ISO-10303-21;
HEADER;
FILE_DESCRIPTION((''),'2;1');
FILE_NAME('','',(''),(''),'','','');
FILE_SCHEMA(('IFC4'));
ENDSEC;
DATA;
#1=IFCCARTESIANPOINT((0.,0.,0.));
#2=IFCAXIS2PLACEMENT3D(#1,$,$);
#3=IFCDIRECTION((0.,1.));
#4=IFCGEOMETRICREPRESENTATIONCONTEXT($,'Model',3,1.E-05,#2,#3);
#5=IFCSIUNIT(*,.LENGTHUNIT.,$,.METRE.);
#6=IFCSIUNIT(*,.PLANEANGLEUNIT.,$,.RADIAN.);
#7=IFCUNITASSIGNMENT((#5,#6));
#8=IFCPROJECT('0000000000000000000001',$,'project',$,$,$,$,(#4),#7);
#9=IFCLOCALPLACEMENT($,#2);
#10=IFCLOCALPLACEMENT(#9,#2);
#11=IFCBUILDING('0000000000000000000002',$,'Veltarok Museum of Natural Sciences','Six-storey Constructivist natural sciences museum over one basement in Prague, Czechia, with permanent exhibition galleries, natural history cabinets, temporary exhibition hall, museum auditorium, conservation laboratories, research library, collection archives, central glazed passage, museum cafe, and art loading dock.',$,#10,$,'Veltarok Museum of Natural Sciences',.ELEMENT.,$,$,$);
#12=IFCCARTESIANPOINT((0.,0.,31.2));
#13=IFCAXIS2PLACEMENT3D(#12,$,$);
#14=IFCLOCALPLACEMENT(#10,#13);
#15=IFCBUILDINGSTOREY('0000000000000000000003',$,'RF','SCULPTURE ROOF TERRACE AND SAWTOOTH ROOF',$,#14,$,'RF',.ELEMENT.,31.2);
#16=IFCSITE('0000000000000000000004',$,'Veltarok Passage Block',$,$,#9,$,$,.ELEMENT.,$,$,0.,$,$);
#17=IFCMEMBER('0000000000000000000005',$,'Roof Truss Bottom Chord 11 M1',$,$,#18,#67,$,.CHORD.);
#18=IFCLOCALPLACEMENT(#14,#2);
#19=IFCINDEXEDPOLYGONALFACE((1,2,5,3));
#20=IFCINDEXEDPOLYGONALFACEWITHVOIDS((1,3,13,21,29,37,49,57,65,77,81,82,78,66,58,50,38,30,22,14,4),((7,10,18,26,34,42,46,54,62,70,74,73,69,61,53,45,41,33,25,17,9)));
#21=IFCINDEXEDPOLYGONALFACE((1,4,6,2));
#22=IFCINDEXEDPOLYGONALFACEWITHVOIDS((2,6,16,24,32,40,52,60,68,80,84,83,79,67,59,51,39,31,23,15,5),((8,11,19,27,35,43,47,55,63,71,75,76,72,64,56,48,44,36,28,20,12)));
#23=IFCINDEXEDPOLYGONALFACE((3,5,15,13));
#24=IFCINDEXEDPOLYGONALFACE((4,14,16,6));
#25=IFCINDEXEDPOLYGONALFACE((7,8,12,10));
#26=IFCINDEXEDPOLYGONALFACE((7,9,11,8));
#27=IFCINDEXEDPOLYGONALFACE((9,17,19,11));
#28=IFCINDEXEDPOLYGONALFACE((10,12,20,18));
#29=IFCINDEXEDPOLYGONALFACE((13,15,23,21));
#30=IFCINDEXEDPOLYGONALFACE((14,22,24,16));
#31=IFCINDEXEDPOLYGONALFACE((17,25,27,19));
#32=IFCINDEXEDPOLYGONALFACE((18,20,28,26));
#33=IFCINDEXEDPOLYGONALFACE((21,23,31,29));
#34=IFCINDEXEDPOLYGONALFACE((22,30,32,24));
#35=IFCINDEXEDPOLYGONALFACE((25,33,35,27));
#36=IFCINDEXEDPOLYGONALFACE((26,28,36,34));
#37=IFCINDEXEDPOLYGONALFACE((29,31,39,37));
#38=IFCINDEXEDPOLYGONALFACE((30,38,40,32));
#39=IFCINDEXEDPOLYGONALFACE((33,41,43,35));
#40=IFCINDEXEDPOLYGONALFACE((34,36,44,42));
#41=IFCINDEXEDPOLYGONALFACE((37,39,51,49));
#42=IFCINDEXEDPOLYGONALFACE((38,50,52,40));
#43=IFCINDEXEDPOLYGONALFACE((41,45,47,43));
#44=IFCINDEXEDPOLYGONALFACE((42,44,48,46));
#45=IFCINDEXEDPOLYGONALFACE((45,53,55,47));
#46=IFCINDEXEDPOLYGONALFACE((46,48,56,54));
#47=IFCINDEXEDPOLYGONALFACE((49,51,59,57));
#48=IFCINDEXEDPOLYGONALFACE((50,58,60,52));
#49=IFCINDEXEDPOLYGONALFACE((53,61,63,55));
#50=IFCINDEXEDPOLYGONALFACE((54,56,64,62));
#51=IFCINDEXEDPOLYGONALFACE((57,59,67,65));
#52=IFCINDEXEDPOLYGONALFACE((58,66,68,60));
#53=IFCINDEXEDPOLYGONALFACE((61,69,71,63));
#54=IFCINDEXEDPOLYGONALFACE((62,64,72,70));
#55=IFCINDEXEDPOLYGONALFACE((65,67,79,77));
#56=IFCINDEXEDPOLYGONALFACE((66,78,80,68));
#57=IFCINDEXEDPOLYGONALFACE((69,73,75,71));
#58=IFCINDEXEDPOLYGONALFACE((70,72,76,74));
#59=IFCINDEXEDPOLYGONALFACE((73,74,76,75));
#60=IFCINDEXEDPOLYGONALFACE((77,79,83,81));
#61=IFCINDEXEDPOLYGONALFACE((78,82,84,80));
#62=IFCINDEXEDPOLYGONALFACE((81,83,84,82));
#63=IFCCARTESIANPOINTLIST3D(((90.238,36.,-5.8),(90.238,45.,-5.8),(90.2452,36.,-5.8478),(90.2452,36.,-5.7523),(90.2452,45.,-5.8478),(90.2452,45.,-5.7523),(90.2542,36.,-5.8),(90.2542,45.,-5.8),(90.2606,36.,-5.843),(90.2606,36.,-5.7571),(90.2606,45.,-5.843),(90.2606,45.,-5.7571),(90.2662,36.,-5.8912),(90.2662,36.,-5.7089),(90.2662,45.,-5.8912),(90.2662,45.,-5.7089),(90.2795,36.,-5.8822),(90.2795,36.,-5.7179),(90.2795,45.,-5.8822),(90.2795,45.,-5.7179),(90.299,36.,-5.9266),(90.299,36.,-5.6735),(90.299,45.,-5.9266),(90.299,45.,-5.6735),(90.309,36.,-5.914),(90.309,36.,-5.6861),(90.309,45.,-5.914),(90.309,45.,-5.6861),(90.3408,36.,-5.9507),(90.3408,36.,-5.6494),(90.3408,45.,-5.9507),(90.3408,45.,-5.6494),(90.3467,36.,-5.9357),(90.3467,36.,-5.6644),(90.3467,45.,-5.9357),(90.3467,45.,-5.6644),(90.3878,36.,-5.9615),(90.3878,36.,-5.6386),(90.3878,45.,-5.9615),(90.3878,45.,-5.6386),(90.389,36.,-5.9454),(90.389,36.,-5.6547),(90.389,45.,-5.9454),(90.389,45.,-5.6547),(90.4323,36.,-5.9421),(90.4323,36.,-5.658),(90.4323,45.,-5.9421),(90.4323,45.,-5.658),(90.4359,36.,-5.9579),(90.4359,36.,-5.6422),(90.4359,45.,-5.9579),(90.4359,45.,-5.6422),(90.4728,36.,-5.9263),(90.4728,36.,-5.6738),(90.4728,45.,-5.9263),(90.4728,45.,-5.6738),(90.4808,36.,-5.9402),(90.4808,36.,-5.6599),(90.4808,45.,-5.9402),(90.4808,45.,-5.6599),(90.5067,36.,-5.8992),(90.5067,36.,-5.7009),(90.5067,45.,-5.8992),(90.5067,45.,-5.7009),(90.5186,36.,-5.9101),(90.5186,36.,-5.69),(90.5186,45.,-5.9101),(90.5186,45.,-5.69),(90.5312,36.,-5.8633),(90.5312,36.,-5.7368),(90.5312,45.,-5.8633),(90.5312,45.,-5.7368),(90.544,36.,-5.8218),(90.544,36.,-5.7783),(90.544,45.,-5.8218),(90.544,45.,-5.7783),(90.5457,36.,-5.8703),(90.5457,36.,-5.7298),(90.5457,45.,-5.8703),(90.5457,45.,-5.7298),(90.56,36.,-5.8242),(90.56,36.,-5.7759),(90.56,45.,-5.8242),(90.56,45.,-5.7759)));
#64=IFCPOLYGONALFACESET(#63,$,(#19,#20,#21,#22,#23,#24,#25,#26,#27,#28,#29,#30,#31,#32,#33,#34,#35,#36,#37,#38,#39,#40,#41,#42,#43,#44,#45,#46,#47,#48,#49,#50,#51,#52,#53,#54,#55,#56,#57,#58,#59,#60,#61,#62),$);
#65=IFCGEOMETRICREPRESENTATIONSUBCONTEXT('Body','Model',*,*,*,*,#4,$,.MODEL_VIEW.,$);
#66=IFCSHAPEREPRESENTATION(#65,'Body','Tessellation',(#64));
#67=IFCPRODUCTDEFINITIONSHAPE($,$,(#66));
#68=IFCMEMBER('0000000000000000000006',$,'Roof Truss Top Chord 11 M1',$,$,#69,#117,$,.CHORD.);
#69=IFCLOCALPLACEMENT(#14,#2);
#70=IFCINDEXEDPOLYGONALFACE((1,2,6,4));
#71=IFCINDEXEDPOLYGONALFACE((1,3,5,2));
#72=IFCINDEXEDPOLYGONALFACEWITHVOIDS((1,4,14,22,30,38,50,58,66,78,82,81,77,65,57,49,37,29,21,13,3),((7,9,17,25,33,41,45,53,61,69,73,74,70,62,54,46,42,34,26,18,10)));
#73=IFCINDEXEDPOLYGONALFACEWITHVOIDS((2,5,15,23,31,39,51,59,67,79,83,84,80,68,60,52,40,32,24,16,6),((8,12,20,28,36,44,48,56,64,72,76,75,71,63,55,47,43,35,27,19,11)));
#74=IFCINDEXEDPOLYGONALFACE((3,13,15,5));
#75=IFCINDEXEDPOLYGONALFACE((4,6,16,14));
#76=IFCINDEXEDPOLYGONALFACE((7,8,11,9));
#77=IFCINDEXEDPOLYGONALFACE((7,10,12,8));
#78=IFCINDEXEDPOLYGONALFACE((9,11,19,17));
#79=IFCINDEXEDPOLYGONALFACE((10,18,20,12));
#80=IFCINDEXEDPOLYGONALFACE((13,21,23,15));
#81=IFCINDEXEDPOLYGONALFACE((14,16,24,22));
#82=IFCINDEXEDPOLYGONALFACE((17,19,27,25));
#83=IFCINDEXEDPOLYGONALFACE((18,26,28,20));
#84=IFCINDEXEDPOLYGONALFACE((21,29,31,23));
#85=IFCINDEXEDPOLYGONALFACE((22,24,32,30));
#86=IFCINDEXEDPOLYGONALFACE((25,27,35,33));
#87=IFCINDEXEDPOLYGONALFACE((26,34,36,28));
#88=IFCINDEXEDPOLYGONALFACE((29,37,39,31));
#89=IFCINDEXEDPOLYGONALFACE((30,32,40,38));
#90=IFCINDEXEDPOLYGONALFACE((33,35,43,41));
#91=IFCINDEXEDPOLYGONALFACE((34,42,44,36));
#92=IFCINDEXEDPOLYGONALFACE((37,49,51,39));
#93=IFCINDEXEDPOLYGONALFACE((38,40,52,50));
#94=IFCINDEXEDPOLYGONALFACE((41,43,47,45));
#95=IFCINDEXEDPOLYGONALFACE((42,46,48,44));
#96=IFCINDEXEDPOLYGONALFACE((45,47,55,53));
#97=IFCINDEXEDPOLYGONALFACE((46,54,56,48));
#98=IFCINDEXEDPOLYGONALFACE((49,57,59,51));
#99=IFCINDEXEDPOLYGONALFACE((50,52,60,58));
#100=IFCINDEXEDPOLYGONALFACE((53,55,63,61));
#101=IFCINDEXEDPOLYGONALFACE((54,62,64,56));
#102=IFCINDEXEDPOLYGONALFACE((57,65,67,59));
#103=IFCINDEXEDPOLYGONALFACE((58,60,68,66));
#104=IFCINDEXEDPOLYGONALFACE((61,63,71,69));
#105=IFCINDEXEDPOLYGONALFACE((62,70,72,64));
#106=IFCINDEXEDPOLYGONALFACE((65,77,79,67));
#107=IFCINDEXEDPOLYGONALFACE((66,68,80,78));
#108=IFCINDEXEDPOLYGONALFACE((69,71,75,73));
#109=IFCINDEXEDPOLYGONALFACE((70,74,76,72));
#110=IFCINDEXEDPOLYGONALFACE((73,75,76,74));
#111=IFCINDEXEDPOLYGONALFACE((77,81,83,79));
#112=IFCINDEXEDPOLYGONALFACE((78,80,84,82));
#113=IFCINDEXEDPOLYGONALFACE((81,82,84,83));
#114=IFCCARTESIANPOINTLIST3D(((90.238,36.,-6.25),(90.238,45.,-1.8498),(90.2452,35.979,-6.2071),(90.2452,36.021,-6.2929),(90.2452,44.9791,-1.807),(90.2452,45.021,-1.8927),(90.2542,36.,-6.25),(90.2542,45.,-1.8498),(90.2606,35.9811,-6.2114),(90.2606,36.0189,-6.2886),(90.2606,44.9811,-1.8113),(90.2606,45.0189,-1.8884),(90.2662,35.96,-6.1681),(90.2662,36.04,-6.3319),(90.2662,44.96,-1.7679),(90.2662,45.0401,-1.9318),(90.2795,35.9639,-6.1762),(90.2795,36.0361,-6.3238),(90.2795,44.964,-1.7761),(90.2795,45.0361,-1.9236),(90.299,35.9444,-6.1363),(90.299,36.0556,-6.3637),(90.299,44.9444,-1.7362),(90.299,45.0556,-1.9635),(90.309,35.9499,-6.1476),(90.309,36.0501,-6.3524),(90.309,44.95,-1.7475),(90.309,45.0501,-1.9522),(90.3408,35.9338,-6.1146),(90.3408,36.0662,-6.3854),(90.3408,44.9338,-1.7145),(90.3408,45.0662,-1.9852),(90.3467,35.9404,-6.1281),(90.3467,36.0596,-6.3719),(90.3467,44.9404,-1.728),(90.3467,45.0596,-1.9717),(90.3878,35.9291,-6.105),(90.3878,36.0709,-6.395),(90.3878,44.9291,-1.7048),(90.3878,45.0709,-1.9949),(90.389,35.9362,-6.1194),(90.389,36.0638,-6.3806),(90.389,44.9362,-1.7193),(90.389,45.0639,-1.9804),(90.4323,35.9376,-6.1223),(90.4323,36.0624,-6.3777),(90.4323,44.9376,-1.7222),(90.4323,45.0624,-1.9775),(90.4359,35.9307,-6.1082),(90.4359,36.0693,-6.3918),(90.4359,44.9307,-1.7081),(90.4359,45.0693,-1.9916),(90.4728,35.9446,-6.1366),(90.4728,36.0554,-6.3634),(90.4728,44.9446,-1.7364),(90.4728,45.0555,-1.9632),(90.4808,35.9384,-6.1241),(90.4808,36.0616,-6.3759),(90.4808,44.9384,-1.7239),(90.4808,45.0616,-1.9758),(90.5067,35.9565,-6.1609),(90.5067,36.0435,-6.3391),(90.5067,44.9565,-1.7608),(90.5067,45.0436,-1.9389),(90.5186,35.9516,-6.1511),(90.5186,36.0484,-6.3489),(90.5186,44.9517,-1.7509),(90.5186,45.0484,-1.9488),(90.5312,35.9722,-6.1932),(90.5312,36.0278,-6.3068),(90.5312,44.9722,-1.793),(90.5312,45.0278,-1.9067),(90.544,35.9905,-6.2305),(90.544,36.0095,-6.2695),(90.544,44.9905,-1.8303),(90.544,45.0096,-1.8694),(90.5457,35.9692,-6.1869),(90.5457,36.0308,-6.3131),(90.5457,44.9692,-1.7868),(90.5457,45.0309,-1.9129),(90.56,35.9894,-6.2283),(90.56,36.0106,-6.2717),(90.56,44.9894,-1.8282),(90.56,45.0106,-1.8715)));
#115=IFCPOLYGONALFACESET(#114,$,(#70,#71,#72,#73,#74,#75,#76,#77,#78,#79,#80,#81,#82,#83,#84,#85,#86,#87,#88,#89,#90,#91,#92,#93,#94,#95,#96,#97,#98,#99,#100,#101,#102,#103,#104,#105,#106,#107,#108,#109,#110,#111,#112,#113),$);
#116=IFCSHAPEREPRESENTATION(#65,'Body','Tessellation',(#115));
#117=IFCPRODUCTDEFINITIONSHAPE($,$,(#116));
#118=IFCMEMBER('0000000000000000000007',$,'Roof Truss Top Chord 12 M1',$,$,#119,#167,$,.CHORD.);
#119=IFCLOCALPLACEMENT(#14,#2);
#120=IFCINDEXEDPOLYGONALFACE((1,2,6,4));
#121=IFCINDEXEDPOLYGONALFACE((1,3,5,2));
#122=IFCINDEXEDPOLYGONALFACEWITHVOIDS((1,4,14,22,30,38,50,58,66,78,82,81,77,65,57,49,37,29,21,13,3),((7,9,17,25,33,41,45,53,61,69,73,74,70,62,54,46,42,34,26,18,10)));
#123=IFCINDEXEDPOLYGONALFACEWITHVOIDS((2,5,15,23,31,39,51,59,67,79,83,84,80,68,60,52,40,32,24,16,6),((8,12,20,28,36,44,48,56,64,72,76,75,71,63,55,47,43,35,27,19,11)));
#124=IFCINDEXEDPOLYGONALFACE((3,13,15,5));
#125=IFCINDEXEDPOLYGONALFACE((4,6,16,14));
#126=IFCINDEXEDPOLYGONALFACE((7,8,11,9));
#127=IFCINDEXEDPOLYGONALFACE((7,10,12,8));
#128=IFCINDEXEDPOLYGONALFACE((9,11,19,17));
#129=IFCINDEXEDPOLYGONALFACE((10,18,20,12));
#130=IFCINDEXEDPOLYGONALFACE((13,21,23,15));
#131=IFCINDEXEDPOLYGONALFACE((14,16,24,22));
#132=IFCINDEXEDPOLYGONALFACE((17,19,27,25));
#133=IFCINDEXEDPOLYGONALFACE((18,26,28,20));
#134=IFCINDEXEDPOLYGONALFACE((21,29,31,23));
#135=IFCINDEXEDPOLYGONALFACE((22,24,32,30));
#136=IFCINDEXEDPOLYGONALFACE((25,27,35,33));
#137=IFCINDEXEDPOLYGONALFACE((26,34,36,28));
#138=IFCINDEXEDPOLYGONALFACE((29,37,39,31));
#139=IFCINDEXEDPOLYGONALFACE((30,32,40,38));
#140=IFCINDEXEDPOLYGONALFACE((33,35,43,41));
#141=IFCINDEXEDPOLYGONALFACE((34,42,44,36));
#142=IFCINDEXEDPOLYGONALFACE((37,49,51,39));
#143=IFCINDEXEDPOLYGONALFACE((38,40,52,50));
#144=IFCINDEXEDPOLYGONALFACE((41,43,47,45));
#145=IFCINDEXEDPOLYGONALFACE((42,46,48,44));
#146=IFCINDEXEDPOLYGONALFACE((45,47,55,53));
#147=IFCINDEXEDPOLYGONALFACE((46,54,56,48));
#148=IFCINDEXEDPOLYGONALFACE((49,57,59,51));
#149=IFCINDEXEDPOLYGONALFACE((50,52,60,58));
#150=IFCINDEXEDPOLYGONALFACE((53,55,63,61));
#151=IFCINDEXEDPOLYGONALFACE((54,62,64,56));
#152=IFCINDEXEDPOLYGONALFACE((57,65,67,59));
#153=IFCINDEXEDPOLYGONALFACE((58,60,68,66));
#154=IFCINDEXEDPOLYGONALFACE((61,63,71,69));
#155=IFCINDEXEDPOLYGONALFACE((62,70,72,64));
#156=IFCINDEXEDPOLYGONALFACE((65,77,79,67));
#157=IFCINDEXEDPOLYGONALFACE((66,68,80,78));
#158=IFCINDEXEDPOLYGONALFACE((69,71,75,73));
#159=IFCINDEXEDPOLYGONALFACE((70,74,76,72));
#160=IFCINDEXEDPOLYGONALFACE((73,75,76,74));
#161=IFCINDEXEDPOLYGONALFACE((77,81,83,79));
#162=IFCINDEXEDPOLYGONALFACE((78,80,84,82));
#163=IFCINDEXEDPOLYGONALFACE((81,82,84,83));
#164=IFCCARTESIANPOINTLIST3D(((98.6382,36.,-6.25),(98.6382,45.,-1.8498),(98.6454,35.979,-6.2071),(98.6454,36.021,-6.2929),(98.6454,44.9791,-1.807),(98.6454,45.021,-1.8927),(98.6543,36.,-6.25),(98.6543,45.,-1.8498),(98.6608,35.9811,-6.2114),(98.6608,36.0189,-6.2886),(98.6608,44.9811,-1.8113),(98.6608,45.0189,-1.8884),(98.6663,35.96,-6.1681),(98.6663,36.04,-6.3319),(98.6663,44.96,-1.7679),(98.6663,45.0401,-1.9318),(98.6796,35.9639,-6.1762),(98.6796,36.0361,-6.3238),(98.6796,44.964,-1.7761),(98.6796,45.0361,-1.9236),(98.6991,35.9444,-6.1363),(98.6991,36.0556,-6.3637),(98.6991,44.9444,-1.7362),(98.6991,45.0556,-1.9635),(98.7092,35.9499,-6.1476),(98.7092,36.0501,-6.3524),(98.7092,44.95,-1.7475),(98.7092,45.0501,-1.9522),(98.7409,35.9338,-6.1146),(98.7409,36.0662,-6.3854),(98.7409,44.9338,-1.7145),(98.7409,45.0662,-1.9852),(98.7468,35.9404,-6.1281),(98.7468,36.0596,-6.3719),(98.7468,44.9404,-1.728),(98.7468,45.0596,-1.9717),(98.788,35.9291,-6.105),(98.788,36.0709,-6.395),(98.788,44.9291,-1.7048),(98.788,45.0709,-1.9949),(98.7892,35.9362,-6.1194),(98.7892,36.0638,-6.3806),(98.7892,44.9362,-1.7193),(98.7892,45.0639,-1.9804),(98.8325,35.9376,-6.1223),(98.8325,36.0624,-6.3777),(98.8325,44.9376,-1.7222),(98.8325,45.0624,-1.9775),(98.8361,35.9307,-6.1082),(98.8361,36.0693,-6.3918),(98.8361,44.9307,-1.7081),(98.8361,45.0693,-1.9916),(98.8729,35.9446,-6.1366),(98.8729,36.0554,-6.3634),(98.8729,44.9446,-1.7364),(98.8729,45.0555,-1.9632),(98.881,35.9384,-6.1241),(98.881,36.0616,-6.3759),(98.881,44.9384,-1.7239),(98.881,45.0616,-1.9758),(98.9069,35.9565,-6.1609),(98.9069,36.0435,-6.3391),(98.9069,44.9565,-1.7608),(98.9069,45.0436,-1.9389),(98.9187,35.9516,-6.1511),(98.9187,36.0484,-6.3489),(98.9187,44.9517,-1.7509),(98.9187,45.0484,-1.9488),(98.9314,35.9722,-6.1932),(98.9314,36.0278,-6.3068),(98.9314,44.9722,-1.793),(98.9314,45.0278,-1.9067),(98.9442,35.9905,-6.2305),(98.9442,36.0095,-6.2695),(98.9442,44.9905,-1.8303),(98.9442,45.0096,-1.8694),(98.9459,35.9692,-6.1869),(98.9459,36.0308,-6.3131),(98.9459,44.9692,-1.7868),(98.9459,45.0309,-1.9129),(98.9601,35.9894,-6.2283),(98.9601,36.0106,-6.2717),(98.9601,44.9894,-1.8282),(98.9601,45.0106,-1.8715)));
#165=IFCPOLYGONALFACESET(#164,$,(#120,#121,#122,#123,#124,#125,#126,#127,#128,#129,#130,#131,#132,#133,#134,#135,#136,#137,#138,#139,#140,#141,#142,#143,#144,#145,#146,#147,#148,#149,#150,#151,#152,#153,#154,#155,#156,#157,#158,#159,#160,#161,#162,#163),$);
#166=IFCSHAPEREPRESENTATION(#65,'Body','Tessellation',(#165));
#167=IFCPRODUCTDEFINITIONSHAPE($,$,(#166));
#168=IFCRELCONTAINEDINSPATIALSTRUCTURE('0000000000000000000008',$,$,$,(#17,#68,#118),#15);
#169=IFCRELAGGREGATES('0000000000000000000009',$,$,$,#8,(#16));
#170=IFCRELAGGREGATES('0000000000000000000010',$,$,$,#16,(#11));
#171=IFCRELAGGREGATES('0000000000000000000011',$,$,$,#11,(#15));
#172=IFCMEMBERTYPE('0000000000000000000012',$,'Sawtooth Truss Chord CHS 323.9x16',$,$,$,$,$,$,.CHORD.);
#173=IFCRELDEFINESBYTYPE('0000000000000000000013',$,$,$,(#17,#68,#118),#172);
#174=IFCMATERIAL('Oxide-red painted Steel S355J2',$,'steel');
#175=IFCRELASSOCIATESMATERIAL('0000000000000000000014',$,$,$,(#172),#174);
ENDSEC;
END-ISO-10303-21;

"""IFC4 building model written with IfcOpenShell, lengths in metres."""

from ifc_helpers import new_model, si_unit, direction, frame, origin, origin_2d, place, context, subcontext, project, spatial, hollow_circle, extrude, material, material_profile, profile_set, type_object, element, save


model = new_model("IFC4")

# Units and contexts
model_context = context("Model", 3, precision=1e-05, world=origin(), true_north=direction((0.0, 1.0)))
body_context = subcontext(model_context, "Body", "Model", "MODEL_VIEW")
ifc_project = project(units=[si_unit("LENGTHUNIT", "METRE"), si_unit("PLANEANGLEUNIT", "RADIAN")], contexts=[model_context])

# Site, building, storey
site_placement = place(None, origin())
site = spatial("IfcSite", under=ifc_project, at=site_placement, Name="Veltarok Passage Block", CompositionType="ELEMENT", RefElevation=0.0)
building_placement = place(site_placement, origin())
building = spatial("IfcBuilding", under=site, at=building_placement, Name="Veltarok Museum of Natural Sciences", Description="Six-storey Constructivist natural sciences museum over one basement in Prague, Czechia, with permanent exhibition galleries, natural history cabinets, temporary exhibition hall, museum auditorium, conservation laboratories, research library, collection archives, central glazed passage, museum cafe, and art loading dock.", LongName="Veltarok Museum of Natural Sciences", CompositionType="ELEMENT")
storey_placement = place(building_placement, frame((0.0, 0.0, 31.2)))
storey = spatial("IfcBuildingStorey", under=building, at=storey_placement, Name="RF", Description="SCULPTURE ROOF TERRACE AND SAWTOOTH ROOF", LongName="RF", CompositionType="ELEMENT", Elevation=31.2)

# Members
ifc_material_1 = material(Name="Oxide-red painted Steel S355J2", Category="steel")
ifc_material_profile_1 = material_profile(ifc_material_1, hollow_circle(Radius=0.1619, WallThickness=0.0161, at=origin_2d()), Name="CHS 323.9x16")
ifc_profile_set_1 = profile_set([ifc_material_profile_1], Name="Oxide-red painted Steel S355J2")
member_type_1 = type_object("IfcMemberType", Name="Sawtooth Truss Chord CHS 323.9x16", PredefinedType="CHORD", material=ifc_profile_set_1)
member_1_placement = place(storey_placement, frame((90.3999, 36.0, -5.8), z_axis=(0.0, 1.0, 0.0), x_axis=(-1.0, 0.0, 0.0)))
element("IfcMember", 1, at=member_1_placement, inside=storey, type_object=member_type_1, Name="Roof Truss Bottom Chord 11 M1", PredefinedType="CHORD", context=body_context, shape_type="SweptSolid", body=[
    extrude(hollow_circle(Radius=0.1619, WallThickness=0.0161, at=origin_2d()), origin(), (0.0, 0.0, 1.0), 9.0),
])
for number, where, z_axis, x_axis, name in (
    (2, (90.3999, 36.0, -6.25), (0.0, 0.898379, 0.439222), (-1.0, 0.0, 0.0), "Roof Truss Top Chord 11 M1"),
    (3, (98.8, 36.0, -6.25), (0.0, 0.898379, 0.439222), (-1.0, 0.0, 0.0), "Roof Truss Top Chord 12 M1"),
):
    element("IfcMember", number, at=place(storey_placement, frame(where, z_axis=z_axis, x_axis=x_axis)), inside=storey, type_object=member_type_1, Name=name, PredefinedType="CHORD", context=body_context, shape_type="SweptSolid", body=[
        extrude(hollow_circle(Radius=0.1619, WallThickness=0.0161, at=origin_2d()), origin(), (0.0, 0.0, 1.0), 10.0181),
    ])

save(model, "model.ifc")
